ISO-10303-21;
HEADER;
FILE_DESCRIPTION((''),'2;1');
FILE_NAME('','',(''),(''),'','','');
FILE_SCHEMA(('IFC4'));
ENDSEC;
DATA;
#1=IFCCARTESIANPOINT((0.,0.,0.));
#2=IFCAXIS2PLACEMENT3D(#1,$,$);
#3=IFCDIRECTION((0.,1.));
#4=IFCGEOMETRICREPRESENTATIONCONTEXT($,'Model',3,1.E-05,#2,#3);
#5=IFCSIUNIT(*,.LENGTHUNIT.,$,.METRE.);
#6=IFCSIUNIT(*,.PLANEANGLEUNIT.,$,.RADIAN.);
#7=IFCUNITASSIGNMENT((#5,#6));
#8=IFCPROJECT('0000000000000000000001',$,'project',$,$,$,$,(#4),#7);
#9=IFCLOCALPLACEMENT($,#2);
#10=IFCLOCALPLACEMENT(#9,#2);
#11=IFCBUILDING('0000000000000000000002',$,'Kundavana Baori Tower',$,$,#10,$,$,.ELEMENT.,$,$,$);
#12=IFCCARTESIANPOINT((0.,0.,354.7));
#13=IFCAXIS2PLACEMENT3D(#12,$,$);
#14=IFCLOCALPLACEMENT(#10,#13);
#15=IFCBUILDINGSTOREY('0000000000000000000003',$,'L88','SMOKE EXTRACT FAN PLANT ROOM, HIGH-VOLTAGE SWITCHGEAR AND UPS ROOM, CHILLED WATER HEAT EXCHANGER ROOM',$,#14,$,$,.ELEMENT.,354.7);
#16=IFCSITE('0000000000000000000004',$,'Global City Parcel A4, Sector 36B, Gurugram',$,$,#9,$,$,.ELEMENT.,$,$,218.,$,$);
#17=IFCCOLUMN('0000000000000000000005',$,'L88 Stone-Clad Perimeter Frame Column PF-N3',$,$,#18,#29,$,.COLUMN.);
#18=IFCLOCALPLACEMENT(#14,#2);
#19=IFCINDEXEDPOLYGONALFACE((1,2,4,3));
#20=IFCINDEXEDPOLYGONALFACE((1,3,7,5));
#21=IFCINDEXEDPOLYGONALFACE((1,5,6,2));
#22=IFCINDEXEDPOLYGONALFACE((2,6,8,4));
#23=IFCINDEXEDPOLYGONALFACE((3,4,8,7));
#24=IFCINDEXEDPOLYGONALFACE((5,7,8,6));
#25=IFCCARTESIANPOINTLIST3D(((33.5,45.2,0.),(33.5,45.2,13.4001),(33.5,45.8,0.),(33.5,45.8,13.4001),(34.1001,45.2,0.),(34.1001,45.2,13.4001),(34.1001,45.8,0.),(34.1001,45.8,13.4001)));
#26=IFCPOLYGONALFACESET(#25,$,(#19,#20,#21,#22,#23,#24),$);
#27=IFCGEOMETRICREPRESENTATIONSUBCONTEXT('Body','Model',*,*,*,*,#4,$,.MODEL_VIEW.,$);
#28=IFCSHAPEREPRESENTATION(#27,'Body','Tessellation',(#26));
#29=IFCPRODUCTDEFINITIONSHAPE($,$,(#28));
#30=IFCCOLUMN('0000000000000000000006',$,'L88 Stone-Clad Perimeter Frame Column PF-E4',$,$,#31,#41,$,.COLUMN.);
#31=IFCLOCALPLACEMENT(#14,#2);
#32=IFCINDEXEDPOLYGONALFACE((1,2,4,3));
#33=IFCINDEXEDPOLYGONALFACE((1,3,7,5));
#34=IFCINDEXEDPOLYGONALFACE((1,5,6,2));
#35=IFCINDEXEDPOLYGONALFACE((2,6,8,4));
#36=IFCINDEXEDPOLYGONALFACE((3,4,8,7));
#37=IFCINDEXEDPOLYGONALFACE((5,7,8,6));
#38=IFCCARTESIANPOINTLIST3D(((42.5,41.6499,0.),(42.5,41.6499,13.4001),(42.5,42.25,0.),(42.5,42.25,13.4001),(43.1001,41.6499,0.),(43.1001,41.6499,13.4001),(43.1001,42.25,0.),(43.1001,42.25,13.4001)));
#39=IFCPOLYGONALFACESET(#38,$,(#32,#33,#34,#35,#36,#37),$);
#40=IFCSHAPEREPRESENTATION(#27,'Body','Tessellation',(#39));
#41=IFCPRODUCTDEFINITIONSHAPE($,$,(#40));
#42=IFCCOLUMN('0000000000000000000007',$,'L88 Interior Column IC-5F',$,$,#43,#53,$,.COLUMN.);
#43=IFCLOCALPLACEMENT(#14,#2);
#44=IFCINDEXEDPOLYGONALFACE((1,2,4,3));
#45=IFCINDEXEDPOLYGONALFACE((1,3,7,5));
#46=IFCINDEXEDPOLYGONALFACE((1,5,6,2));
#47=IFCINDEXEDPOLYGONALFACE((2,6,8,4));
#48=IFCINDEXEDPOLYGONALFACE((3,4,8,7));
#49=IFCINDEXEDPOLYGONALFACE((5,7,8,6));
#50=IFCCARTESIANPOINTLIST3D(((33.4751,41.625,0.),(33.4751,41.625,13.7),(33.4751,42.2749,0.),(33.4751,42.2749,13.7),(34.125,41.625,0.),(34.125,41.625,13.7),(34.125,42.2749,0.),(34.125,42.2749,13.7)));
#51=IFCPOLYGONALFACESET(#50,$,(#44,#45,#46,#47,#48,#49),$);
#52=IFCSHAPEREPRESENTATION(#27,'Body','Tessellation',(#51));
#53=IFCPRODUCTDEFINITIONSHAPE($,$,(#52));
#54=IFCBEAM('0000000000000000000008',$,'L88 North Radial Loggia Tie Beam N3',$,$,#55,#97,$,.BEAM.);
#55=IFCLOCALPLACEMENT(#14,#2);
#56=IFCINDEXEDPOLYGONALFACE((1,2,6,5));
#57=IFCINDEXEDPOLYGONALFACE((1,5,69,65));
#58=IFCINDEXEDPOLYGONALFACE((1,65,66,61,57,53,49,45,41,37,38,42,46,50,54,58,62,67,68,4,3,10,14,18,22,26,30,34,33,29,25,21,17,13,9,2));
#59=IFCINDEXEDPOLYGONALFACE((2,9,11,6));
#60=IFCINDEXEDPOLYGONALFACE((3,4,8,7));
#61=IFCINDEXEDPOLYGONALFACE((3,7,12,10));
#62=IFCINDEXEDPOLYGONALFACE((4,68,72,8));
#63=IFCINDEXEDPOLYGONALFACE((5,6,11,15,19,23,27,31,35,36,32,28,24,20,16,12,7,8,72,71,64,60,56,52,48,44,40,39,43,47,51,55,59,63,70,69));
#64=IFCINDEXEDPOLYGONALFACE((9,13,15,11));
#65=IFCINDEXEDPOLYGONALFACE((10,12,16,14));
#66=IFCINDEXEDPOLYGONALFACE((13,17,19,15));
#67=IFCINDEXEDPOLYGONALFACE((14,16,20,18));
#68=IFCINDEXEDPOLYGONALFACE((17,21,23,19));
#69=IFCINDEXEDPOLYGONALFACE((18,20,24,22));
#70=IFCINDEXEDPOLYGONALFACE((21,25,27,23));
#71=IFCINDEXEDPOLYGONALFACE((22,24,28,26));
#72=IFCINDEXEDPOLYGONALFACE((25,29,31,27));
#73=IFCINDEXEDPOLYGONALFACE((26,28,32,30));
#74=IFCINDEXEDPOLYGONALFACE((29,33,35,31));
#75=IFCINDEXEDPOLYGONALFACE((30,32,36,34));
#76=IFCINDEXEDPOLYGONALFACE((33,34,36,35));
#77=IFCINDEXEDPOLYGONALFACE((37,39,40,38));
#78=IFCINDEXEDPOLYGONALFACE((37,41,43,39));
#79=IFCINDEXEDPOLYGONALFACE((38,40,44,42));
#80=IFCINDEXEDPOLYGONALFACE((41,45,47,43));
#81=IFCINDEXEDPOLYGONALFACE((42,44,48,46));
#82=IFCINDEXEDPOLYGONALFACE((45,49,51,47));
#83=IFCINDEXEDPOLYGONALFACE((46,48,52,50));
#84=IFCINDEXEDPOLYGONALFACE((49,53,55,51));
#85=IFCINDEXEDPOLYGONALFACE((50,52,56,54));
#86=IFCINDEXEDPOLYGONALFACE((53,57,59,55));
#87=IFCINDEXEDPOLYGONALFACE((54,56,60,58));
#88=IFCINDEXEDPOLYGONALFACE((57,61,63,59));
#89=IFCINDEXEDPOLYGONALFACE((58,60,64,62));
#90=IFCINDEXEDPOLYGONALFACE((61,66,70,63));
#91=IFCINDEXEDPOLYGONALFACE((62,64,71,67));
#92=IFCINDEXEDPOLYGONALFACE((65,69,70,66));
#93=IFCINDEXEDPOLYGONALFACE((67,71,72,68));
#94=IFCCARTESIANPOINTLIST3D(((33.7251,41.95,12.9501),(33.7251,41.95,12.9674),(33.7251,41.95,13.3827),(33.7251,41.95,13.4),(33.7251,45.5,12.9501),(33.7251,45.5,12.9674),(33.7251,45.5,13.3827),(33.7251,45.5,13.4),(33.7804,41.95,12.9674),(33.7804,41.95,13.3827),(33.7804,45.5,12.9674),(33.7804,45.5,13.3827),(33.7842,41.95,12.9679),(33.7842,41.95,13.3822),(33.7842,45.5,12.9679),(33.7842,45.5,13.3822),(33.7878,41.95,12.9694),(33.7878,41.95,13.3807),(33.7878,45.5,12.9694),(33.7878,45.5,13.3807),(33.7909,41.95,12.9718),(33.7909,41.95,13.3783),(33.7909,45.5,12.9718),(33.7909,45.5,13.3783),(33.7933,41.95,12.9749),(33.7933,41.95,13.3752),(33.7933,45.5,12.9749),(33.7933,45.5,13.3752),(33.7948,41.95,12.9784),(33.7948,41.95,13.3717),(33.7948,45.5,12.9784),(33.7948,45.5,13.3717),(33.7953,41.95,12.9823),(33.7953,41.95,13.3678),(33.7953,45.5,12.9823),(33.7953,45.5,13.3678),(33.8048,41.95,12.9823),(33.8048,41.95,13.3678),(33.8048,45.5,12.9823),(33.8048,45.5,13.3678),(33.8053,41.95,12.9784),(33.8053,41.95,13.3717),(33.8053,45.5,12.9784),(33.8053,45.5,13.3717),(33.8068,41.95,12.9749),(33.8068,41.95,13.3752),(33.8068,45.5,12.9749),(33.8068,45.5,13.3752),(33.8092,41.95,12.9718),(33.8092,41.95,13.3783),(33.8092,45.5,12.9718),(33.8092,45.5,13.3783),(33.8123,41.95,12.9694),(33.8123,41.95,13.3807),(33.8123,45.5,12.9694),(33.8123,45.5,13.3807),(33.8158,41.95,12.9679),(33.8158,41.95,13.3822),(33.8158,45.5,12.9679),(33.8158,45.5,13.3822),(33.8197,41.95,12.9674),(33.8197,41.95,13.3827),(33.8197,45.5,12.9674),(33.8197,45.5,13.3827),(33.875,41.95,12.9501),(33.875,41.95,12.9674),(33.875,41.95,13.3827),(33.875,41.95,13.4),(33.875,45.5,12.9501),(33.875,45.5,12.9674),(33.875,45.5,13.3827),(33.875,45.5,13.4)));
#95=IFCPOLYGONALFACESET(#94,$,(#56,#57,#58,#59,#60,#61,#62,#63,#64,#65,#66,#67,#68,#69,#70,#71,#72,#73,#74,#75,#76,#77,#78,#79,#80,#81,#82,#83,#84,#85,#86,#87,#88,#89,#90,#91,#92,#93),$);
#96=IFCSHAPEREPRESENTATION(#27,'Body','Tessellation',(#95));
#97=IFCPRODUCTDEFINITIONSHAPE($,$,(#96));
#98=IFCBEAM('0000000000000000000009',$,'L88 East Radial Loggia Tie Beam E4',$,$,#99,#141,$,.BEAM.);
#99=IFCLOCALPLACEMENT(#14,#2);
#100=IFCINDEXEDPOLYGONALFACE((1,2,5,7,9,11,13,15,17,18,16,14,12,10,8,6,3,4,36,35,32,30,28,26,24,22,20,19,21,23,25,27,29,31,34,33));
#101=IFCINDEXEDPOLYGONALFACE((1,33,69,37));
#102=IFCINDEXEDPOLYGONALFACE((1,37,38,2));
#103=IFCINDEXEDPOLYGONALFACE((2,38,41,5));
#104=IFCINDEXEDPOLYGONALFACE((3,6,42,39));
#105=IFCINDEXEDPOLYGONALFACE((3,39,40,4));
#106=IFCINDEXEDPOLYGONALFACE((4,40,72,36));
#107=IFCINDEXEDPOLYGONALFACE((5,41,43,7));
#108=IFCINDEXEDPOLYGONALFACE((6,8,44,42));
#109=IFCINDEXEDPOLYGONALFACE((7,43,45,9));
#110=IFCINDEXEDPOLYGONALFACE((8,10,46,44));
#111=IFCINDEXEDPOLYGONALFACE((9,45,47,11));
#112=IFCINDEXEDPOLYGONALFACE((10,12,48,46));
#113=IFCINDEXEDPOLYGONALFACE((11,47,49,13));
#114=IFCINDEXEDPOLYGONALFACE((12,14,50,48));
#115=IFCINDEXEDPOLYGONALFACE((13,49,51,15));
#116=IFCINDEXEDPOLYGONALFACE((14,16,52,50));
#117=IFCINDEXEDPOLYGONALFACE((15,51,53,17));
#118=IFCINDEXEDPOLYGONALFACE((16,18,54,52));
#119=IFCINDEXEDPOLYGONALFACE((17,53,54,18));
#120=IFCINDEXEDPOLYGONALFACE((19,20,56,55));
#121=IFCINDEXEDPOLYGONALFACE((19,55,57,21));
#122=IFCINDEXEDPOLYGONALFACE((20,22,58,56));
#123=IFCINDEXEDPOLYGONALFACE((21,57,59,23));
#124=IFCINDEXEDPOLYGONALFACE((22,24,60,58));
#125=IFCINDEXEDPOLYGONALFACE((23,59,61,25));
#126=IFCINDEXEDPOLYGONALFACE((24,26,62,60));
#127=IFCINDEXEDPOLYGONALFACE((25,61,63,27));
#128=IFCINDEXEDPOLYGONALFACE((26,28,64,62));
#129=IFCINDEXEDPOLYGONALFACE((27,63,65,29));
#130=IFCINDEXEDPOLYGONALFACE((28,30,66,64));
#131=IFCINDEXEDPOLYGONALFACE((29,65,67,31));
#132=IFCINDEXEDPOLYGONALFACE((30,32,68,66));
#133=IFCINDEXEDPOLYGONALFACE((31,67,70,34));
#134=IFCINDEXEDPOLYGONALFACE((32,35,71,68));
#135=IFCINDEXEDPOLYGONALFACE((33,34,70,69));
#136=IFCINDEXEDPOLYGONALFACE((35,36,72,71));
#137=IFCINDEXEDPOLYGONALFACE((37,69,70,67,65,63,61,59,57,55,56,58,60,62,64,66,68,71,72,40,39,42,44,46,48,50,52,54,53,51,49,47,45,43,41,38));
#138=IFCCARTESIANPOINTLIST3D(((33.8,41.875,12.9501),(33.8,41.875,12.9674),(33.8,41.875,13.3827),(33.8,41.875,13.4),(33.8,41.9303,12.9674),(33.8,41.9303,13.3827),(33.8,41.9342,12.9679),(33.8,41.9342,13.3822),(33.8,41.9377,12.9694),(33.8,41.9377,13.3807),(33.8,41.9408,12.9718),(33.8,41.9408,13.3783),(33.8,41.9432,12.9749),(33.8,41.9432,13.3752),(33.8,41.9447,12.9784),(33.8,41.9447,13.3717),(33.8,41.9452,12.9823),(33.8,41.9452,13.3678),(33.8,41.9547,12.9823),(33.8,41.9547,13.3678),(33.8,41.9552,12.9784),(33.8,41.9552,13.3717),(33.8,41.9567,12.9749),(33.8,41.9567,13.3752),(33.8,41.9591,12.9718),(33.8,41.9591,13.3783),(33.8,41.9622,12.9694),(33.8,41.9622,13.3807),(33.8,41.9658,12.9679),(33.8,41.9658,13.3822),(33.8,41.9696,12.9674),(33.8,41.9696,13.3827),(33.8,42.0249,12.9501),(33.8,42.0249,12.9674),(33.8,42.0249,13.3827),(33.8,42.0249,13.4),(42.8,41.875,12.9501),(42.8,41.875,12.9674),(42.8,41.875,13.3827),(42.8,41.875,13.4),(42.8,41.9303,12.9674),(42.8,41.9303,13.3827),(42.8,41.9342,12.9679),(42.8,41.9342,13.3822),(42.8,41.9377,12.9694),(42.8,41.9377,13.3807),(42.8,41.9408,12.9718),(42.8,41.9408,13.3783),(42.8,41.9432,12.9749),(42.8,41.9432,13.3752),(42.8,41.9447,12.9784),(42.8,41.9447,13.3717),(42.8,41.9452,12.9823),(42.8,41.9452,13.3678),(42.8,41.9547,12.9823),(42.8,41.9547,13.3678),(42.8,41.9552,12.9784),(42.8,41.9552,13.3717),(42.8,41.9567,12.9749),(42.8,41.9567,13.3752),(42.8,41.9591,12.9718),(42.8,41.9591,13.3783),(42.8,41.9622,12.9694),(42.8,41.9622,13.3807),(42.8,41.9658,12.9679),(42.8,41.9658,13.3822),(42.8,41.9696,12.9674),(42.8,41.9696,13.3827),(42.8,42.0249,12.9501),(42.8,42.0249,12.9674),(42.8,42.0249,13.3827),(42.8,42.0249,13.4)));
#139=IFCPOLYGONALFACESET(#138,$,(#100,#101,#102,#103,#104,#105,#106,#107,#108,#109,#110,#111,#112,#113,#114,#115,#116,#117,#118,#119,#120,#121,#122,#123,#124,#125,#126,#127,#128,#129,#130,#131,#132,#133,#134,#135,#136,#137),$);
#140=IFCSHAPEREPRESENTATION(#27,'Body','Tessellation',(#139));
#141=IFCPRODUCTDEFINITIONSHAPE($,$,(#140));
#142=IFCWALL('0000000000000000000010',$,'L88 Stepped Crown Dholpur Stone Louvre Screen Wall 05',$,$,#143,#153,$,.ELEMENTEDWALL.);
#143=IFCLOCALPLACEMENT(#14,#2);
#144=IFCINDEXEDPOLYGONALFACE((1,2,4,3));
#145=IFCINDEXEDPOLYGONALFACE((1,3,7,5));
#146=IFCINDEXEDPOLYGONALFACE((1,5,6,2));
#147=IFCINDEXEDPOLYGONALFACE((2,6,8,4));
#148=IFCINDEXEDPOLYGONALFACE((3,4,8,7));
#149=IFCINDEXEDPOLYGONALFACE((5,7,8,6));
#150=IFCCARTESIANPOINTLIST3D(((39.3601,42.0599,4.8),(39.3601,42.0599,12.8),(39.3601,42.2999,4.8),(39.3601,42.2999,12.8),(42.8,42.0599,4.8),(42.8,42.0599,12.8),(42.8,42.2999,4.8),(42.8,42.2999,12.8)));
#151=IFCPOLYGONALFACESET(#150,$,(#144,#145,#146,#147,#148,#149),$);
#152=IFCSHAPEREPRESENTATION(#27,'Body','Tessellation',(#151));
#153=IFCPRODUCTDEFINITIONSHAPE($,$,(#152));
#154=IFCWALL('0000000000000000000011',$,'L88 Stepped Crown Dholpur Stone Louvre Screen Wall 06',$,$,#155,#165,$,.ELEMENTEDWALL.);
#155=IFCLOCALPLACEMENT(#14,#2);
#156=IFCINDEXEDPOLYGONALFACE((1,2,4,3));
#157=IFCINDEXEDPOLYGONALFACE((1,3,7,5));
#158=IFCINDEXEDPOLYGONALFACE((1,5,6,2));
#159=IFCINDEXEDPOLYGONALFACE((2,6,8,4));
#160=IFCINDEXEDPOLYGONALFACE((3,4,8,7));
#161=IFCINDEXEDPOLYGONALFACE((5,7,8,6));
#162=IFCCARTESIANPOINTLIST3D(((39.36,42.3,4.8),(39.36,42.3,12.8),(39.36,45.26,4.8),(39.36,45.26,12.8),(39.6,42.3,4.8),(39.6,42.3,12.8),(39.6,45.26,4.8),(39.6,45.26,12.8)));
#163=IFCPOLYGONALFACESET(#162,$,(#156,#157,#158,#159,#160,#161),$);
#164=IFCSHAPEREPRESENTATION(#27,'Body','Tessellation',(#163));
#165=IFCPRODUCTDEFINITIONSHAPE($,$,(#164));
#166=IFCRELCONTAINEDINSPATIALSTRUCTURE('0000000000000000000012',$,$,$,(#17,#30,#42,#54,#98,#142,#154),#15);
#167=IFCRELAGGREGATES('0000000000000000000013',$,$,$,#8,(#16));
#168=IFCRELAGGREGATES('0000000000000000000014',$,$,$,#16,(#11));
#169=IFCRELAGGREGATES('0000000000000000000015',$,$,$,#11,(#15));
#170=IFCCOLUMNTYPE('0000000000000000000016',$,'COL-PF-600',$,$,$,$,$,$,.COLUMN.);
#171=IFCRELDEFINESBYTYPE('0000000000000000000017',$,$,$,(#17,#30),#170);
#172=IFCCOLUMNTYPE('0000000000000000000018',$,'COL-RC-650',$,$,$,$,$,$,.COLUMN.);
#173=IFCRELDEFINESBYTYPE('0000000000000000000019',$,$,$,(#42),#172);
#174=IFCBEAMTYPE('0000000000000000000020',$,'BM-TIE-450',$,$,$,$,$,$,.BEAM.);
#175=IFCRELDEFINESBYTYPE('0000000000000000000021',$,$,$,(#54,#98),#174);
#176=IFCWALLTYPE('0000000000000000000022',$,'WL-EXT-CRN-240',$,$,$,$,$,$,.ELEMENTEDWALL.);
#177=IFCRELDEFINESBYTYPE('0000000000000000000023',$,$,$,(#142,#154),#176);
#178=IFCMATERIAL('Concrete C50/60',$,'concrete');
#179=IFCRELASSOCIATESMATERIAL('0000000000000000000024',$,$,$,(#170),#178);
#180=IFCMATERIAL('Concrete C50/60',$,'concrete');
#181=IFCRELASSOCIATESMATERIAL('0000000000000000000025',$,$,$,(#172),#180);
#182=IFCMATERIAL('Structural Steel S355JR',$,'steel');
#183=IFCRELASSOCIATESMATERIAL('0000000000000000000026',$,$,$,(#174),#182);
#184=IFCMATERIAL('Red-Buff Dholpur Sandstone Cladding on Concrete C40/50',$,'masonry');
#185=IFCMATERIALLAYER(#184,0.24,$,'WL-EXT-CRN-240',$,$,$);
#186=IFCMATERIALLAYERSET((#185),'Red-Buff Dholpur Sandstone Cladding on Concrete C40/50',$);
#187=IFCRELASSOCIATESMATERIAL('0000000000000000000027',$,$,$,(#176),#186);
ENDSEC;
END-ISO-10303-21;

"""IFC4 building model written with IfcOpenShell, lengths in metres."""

from ifc_helpers import new_model, si_unit, direction, frame, frame_2d, origin, origin_2d, place, context, subcontext, project, spatial, rectangle, i_section, extrude, material, layer, layer_set, material_profile, profile_set, type_object, element, save


model = new_model("IFC4")

# Units and contexts
model_context = context("Model", 3, precision=1e-05, world=origin(), true_north=direction((0.0, 1.0)))
body_context = subcontext(model_context, "Body", "Model", "MODEL_VIEW")
ifc_project = project(units=[si_unit("LENGTHUNIT", "METRE"), si_unit("PLANEANGLEUNIT", "RADIAN")], contexts=[model_context])

# Site, building, storey
site_placement = place(None, origin())
site = spatial("IfcSite", under=ifc_project, at=site_placement, Name="Global City Parcel A4, Sector 36B, Gurugram", CompositionType="ELEMENT", RefElevation=218.0)
building_placement = place(site_placement, origin())
building = spatial("IfcBuilding", under=site, at=building_placement, Name="Kundavana Baori Tower", CompositionType="ELEMENT")
storey_placement = place(building_placement, frame((0.0, 0.0, 354.7)))
storey = spatial("IfcBuildingStorey", under=building, at=storey_placement, Name="L88", Description="SMOKE EXTRACT FAN PLANT ROOM, HIGH-VOLTAGE SWITCHGEAR AND UPS ROOM, CHILLED WATER HEAT EXCHANGER ROOM", CompositionType="ELEMENT", Elevation=354.7)

# Columns
ifc_material_1 = material(Name="Concrete C50/60", Category="concrete")
ifc_material_profile_1 = material_profile(ifc_material_1, rectangle(XDim=0.6001, YDim=0.6001, at=origin_2d()), Name="RC PF 600x600")
ifc_profile_set_1 = profile_set([ifc_material_profile_1], Name="Concrete C50/60")
column_type_1 = type_object("IfcColumnType", Name="COL-PF-600", PredefinedType="COLUMN", material=ifc_profile_set_1)
for number, where, z_axis, x_axis, name in (
    (1, (33.8, 45.5, 0.0), (0.0, 0.0, 1.0), (1.0, 0.0, 0.0), "L88 Stone-Clad Perimeter Frame Column PF-N3"),
    (2, (42.8, 41.95, 0.0), (0.0, 0.0, 1.0), (1.0, 0.0, 0.0), "L88 Stone-Clad Perimeter Frame Column PF-E4"),
):
    element("IfcColumn", number, at=place(storey_placement, frame(where, z_axis=z_axis, x_axis=x_axis)), inside=storey, type_object=column_type_1, Name=name, PredefinedType="COLUMN", context=body_context, shape_type="SweptSolid", body=[
        extrude(rectangle(XDim=0.6001, YDim=0.6001, at=origin_2d()), origin(), (0.0, 0.0, 1.0), 13.4001),
    ])
ifc_material_2 = material(Name="Concrete C50/60", Category="concrete")
ifc_material_profile_2 = material_profile(ifc_material_2, rectangle(XDim=0.6499, YDim=0.6499, at=origin_2d()), Name="RC 650x650")
ifc_profile_set_2 = profile_set([ifc_material_profile_2], Name="Concrete C50/60")
column_type_2 = type_object("IfcColumnType", Name="COL-RC-650", PredefinedType="COLUMN", material=ifc_profile_set_2)
column_placement = place(storey_placement, frame((33.8, 41.95, 0.0), z_axis=(0.0, 0.0, 1.0), x_axis=(1.0, 0.0, 0.0)))
element("IfcColumn", 3, at=column_placement, inside=storey, type_object=column_type_2, Name="L88 Interior Column IC-5F", PredefinedType="COLUMN", context=body_context, shape_type="SweptSolid", body=[
    extrude(rectangle(XDim=0.6499, YDim=0.6499, at=origin_2d()), origin(), (0.0, 0.0, 1.0), 13.7),
])

# Beams
ifc_material_3 = material(Name="Structural Steel S355JR", Category="steel")
ifc_material_profile_3 = material_profile(ifc_material_3, i_section(OverallWidth=0.1499, OverallDepth=0.45, WebThickness=0.0095, FlangeThickness=0.0173, FilletRadius=0.0149, at=origin_2d()), Name="ISMB 450")
ifc_profile_set_3 = profile_set([ifc_material_profile_3], Name="Structural Steel S355JR")
beam_type = type_object("IfcBeamType", Name="BM-TIE-450", PredefinedType="BEAM", material=ifc_profile_set_3)
beam_1_placement = place(storey_placement, frame((33.8, 41.95, 13.175), z_axis=(0.0, 1.0, 0.0), x_axis=(-1.0, 0.0, 0.0)))
element("IfcBeam", 4, at=beam_1_placement, inside=storey, type_object=beam_type, Name="L88 North Radial Loggia Tie Beam N3", PredefinedType="BEAM", context=body_context, shape_type="SweptSolid", body=[
    extrude(i_section(OverallWidth=0.1499, OverallDepth=0.45, WebThickness=0.0095, FlangeThickness=0.0173, FilletRadius=0.0149, at=origin_2d()), origin(), (0.0, 0.0, 1.0), 3.55),
])
beam_2_placement = place(storey_placement, frame((33.8, 41.95, 13.175), z_axis=(1.0, 0.0, 0.0), x_axis=(0.0, 1.0, 0.0)))
element("IfcBeam", 5, at=beam_2_placement, inside=storey, type_object=beam_type, Name="L88 East Radial Loggia Tie Beam E4", PredefinedType="BEAM", context=body_context, shape_type="SweptSolid", body=[
    extrude(i_section(OverallWidth=0.1499, OverallDepth=0.45, WebThickness=0.0095, FlangeThickness=0.0173, FilletRadius=0.0149, at=origin_2d()), origin(), (0.0, 0.0, 1.0), 9.0),
])

# Walls
ifc_material_4 = material(Name="Red-Buff Dholpur Sandstone Cladding on Concrete C40/50", Category="masonry")
ifc_layer_1 = layer(ifc_material_4, 0.24, Name="WL-EXT-CRN-240")
ifc_layer_set_1 = layer_set([ifc_layer_1], Name="Red-Buff Dholpur Sandstone Cladding on Concrete C40/50")
wall_type_1 = type_object("IfcWallType", Name="WL-EXT-CRN-240", PredefinedType="ELEMENTEDWALL", material=ifc_layer_set_1)
wall_1_placement = place(storey_placement, frame((42.8, 42.1799, 4.8), z_axis=(0.0, 0.0, 1.0), x_axis=(-1.0, 0.0, 0.0)))
element("IfcWall", 6, at=wall_1_placement, inside=storey, type_object=wall_type_1, Name="L88 Stepped Crown Dholpur Stone Louvre Screen Wall 05", PredefinedType="ELEMENTEDWALL", context=body_context, shape_type="SweptSolid", body=[
    extrude(rectangle(XDim=3.4399, YDim=0.24, at=frame_2d((1.72, 0.0))), origin(), (0.0, 0.0, 1.0), 8.0),
])
wall_2_placement = place(storey_placement, frame((39.48, 42.3, 4.8), z_axis=(0.0, 0.0, 1.0), x_axis=(0.0, 1.0, 0.0)))
element("IfcWall", 7, at=wall_2_placement, inside=storey, type_object=wall_type_1, Name="L88 Stepped Crown Dholpur Stone Louvre Screen Wall 06", PredefinedType="ELEMENTEDWALL", context=body_context, shape_type="SweptSolid", body=[
    extrude(rectangle(XDim=2.96, YDim=0.24, at=frame_2d((1.48, 0.0))), origin(), (0.0, 0.0, 1.0), 8.0),
])

save(model, "model.ifc")
